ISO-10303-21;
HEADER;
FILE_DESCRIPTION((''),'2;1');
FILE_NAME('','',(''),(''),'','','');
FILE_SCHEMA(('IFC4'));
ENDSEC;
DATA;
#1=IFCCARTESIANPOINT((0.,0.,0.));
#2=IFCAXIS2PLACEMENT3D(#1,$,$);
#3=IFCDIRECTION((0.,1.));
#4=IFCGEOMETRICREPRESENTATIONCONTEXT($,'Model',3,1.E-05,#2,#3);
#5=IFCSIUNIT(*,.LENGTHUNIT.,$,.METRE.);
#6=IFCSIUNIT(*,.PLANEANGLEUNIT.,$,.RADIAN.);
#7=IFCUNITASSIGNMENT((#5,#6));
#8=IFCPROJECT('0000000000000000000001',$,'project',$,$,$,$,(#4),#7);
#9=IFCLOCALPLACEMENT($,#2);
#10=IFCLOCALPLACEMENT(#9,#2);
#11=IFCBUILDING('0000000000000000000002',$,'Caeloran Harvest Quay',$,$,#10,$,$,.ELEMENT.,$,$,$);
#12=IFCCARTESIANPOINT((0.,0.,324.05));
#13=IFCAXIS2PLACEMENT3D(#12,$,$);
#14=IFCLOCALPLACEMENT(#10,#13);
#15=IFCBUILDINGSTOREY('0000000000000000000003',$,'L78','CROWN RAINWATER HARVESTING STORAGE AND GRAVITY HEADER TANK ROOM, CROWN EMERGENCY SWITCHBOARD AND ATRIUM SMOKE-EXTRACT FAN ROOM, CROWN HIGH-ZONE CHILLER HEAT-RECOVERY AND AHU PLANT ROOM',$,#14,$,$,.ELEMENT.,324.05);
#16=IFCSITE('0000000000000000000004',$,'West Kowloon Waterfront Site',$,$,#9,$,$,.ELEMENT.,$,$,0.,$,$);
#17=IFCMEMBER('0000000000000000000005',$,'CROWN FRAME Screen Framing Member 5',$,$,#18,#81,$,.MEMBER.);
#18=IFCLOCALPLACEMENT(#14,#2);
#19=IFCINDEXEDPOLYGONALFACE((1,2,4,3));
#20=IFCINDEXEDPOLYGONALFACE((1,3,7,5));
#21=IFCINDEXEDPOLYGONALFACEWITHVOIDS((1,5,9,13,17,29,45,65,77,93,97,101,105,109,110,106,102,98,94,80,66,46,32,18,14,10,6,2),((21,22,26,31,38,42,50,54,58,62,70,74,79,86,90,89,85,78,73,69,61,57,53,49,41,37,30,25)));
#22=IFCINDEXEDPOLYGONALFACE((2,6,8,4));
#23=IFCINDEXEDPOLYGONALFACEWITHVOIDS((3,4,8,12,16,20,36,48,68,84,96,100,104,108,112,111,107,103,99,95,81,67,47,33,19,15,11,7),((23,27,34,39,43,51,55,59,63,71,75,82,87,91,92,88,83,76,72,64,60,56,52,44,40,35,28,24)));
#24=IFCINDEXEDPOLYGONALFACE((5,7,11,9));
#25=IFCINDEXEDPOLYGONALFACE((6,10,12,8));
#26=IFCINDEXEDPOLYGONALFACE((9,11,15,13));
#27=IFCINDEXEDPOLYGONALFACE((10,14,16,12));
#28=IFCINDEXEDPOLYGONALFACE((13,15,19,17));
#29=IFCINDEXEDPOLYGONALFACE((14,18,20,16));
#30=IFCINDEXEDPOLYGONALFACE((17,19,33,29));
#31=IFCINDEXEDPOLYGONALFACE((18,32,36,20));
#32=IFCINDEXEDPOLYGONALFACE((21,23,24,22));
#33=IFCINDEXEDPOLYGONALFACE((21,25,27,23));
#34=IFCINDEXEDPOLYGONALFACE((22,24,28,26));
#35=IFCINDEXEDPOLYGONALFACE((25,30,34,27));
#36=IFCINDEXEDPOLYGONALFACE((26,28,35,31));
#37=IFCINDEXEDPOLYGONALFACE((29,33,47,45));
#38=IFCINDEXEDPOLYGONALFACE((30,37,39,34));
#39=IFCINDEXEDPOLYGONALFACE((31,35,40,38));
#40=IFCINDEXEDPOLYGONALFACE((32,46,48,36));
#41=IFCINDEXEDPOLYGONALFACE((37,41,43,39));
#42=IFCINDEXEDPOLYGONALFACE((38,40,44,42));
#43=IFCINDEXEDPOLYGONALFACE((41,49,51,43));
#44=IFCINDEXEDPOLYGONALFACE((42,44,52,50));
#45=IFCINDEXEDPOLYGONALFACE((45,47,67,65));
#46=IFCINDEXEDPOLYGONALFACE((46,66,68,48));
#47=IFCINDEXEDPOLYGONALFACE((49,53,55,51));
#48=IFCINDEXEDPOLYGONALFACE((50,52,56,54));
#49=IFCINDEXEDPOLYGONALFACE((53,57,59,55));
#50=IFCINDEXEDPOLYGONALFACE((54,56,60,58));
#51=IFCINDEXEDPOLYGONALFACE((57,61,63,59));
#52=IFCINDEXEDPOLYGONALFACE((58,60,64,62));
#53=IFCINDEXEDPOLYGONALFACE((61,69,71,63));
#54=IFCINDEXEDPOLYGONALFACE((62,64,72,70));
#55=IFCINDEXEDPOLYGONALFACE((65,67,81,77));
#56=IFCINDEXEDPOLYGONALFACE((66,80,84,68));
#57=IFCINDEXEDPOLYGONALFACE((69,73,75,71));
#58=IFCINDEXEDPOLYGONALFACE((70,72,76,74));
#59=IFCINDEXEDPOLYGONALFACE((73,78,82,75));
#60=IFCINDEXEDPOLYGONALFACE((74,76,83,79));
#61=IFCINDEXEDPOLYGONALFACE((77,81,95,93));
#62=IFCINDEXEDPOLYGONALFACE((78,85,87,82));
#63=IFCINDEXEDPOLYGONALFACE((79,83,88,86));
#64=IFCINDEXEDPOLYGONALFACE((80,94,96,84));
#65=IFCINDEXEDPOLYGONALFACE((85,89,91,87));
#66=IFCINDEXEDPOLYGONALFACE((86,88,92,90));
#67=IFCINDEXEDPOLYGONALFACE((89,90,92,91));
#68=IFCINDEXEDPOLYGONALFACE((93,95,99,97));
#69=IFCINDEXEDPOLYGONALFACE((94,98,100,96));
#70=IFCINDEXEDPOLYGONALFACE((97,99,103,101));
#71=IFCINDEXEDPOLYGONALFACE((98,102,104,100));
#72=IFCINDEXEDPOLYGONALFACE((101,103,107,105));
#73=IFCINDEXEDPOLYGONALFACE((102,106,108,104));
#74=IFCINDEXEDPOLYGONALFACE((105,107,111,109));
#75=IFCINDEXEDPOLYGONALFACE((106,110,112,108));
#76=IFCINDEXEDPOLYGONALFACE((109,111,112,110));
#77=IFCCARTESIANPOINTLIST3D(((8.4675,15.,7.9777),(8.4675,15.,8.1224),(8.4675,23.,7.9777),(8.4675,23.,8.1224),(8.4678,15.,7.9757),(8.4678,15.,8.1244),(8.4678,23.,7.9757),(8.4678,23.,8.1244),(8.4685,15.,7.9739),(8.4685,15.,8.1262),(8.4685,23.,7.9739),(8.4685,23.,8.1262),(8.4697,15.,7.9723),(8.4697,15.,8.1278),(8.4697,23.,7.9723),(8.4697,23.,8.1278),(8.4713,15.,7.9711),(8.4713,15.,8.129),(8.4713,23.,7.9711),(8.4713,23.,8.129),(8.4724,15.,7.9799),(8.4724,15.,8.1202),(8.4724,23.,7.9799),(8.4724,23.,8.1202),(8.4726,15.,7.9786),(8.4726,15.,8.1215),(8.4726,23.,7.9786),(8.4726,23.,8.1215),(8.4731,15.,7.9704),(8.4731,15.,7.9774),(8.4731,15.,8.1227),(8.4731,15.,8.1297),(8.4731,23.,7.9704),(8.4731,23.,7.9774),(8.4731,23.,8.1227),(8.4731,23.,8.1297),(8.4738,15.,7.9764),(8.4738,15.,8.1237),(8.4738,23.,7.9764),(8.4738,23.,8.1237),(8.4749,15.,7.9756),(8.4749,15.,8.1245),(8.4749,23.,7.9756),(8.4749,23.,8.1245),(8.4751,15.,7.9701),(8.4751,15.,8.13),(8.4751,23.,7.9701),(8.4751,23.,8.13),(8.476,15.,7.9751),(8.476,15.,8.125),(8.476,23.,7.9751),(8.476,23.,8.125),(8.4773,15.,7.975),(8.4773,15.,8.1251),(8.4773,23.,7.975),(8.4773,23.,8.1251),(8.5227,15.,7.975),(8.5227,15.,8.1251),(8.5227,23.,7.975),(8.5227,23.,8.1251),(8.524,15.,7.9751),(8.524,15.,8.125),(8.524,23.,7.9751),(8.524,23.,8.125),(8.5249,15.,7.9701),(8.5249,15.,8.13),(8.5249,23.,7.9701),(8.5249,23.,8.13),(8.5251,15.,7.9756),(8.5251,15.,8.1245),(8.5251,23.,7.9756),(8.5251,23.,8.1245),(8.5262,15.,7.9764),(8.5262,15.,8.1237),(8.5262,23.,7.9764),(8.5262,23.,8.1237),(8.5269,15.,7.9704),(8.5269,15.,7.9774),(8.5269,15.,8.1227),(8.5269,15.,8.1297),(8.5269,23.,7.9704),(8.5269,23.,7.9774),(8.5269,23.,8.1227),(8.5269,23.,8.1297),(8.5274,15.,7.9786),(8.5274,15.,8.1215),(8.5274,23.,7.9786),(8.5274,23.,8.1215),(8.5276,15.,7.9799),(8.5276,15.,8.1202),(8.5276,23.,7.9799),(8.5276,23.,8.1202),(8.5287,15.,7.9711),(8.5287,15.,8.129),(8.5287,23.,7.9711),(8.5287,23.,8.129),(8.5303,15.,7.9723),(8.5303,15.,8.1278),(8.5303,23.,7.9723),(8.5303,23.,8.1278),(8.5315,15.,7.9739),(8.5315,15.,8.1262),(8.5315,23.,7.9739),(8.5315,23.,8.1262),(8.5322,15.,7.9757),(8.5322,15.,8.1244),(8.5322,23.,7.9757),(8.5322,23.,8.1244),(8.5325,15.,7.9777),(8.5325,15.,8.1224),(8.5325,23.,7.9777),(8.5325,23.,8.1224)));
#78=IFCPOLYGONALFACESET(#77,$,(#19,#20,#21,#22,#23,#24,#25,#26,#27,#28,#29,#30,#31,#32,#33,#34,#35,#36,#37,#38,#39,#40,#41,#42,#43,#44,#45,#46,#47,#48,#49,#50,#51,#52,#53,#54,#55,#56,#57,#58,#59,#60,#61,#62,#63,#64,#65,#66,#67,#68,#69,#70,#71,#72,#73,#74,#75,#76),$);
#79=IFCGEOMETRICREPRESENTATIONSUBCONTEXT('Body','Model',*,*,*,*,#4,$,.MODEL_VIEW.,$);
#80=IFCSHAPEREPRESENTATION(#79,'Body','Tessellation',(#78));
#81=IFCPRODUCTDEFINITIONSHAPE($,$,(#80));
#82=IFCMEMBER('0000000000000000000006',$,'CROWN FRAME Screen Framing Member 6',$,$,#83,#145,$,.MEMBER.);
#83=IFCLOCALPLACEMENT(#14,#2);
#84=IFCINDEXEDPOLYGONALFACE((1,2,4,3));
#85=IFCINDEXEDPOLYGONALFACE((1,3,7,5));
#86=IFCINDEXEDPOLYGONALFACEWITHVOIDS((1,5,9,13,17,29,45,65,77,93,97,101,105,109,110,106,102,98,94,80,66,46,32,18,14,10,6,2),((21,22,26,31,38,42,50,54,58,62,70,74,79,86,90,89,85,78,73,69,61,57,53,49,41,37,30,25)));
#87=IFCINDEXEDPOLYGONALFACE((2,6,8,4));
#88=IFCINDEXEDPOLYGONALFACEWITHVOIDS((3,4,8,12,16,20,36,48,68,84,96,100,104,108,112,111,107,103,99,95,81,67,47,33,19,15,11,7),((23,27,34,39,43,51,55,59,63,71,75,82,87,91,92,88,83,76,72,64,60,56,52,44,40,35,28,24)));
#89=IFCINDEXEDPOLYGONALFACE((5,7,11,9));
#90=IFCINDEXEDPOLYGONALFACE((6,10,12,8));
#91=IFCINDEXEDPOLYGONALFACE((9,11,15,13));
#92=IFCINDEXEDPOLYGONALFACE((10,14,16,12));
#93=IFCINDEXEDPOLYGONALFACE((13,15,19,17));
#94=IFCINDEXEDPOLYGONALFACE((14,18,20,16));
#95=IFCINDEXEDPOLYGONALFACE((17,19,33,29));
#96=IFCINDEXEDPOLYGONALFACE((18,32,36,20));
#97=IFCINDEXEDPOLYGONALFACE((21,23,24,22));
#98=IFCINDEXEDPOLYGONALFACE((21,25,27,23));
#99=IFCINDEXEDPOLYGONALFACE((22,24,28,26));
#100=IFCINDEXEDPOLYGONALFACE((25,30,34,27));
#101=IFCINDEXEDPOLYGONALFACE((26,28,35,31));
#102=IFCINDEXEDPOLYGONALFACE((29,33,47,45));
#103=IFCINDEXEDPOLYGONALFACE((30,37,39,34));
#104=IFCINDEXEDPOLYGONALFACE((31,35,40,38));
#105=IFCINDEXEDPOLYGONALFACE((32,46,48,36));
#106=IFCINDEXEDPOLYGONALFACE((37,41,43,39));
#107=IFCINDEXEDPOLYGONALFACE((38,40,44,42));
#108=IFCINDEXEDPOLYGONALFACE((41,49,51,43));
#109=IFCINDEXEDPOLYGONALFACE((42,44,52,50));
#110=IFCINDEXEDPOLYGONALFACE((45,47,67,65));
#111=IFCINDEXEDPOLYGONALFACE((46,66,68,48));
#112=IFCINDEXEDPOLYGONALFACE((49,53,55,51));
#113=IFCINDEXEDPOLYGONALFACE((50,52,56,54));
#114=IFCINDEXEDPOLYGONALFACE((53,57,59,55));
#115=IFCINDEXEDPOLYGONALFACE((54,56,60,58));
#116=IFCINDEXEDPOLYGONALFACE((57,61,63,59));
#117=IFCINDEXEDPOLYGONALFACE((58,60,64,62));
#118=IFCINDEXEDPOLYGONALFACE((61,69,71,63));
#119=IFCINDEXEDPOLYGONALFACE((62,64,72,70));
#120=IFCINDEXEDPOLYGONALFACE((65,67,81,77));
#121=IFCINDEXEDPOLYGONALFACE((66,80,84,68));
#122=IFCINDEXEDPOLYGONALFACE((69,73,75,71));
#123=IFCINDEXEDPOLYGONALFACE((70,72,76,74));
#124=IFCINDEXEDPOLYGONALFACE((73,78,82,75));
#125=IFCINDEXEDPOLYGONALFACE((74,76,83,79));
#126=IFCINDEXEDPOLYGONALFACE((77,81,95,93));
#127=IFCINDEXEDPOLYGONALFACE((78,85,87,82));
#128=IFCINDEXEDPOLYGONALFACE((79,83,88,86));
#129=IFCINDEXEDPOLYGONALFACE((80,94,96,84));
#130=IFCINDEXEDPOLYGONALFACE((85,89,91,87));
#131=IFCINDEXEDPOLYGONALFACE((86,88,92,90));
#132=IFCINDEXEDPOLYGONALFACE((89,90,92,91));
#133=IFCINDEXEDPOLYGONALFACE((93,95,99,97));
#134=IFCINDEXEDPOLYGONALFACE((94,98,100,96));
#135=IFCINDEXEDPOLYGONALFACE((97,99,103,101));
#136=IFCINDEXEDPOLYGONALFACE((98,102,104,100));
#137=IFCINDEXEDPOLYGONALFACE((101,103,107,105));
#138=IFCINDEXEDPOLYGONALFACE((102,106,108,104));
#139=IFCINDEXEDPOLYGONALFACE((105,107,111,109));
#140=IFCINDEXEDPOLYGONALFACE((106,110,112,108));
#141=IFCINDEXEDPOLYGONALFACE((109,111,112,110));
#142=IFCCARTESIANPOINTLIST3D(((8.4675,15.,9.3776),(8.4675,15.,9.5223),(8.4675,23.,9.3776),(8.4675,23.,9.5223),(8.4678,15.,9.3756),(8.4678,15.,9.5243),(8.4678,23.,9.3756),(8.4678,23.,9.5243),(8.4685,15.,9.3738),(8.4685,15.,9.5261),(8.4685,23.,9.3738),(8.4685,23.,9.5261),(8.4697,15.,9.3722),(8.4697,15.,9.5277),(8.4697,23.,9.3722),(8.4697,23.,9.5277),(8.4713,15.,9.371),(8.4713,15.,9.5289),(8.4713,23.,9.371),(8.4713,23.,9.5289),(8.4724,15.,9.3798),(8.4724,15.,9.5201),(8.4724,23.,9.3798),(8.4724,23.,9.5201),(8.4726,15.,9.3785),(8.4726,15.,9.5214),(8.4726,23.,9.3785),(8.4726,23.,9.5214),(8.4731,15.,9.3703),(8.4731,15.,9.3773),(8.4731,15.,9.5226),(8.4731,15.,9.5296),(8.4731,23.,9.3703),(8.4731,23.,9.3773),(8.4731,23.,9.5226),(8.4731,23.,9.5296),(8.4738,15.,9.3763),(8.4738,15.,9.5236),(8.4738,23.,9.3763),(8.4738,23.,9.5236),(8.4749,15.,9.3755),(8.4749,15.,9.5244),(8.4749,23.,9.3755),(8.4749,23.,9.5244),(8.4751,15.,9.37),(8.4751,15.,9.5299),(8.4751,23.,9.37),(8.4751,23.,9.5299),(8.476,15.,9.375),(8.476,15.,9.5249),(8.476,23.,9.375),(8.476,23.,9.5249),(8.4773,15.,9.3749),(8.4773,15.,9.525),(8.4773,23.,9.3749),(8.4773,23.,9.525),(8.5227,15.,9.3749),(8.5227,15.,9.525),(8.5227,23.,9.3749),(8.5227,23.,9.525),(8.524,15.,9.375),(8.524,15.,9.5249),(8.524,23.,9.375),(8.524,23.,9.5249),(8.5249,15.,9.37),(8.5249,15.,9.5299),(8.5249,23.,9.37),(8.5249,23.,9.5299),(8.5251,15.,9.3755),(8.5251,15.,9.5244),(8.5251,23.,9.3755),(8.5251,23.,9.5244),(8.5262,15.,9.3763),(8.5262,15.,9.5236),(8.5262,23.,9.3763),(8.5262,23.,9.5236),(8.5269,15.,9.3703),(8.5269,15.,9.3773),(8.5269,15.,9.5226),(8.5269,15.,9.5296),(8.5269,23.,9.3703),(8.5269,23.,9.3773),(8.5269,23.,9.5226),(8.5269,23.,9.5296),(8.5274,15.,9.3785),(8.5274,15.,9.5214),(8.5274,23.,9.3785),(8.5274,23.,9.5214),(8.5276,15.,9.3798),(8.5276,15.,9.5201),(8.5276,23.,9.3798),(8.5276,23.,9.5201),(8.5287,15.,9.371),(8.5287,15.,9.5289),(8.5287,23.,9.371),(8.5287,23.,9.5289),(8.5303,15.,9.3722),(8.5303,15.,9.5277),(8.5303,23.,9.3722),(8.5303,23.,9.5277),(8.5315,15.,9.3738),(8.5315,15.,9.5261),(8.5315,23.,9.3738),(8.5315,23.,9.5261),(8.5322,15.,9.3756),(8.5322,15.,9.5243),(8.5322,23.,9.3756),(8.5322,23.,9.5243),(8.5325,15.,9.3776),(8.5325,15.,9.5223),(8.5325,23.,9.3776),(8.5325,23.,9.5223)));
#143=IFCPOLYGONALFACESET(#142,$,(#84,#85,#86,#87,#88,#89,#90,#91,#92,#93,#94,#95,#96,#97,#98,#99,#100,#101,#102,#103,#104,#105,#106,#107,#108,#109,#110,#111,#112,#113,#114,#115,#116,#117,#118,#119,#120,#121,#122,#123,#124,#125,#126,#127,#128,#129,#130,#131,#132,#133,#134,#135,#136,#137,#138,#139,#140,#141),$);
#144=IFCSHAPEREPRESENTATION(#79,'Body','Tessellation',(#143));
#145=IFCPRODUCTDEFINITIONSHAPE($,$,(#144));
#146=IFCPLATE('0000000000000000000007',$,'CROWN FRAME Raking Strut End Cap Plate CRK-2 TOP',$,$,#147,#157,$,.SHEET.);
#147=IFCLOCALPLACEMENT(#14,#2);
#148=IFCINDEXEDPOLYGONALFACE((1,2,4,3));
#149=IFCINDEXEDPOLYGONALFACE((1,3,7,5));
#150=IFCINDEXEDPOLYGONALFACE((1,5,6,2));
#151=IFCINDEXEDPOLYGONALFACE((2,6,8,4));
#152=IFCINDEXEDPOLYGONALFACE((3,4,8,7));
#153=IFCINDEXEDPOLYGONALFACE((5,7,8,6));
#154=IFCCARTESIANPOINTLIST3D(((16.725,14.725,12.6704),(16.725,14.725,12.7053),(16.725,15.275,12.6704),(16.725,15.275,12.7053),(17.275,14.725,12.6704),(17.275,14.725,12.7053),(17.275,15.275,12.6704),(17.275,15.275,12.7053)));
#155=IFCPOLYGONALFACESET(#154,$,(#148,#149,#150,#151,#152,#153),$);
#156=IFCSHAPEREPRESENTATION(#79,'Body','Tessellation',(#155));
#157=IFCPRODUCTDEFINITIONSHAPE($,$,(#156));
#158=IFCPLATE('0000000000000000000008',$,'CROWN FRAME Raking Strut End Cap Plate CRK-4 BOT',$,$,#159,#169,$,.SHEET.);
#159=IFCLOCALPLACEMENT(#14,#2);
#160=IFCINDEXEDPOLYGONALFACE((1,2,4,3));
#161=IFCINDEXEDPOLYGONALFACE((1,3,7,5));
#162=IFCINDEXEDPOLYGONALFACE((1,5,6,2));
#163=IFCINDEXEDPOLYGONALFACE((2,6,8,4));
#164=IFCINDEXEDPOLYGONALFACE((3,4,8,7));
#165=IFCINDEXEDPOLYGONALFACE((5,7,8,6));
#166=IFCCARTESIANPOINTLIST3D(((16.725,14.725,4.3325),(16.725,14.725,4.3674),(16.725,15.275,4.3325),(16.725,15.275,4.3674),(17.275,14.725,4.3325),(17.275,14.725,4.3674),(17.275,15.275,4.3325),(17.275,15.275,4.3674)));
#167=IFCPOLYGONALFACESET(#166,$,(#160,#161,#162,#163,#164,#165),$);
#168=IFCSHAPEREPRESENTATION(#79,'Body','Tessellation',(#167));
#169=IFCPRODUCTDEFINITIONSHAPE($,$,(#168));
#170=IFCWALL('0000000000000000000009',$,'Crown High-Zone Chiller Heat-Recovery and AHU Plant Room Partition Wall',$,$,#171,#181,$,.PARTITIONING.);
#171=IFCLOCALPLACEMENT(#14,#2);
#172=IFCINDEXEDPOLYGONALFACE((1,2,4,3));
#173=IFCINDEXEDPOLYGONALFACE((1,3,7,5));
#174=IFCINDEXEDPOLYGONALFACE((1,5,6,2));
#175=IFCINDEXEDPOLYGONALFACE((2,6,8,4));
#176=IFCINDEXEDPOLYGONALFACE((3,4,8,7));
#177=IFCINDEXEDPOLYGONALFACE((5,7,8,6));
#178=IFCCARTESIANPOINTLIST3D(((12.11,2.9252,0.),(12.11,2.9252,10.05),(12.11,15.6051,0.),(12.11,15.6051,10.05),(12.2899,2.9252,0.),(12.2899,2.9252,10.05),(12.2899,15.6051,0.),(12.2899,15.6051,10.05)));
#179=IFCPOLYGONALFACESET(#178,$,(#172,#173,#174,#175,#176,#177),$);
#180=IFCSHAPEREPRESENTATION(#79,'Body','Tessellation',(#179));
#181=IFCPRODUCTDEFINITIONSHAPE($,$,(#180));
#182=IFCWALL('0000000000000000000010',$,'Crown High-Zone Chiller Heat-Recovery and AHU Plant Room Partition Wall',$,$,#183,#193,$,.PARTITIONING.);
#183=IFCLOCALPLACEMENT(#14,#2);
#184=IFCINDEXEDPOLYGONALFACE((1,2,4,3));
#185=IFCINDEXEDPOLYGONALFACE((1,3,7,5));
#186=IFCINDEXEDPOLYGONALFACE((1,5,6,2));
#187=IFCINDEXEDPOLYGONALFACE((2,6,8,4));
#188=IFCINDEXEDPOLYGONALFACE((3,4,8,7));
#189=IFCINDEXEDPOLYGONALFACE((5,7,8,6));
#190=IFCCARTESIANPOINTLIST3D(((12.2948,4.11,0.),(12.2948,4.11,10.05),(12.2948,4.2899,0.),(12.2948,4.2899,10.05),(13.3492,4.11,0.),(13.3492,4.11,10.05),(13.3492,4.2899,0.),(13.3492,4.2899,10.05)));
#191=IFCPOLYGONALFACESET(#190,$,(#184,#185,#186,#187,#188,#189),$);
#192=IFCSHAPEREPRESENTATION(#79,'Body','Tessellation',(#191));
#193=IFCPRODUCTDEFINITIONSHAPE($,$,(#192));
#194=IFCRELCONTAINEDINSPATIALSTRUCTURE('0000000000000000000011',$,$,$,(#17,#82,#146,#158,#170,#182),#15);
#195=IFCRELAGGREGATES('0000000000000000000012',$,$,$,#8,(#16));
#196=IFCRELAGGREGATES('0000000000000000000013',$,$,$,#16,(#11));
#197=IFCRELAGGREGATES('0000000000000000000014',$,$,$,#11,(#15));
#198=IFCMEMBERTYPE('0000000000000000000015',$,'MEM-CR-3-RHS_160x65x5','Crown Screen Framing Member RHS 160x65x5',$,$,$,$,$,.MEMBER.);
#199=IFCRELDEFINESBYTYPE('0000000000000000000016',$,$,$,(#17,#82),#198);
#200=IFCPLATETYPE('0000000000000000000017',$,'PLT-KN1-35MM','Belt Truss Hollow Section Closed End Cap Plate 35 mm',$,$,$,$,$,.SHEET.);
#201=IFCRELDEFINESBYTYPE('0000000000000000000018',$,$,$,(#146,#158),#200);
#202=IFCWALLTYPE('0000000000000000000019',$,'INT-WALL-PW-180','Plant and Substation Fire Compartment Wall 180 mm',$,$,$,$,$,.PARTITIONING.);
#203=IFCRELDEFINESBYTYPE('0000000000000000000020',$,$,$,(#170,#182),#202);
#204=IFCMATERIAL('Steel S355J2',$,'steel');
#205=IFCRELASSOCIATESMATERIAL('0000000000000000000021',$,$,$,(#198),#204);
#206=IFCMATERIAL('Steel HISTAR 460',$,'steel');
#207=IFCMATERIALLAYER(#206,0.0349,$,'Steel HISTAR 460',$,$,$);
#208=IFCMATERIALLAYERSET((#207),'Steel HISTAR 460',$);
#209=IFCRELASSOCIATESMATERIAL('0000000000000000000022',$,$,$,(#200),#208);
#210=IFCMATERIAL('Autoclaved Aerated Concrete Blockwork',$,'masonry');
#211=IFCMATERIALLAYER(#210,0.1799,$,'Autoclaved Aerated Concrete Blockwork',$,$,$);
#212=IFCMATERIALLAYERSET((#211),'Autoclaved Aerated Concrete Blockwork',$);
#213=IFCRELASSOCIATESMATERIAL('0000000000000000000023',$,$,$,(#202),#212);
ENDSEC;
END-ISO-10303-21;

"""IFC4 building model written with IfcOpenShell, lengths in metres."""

from ifc_helpers import new_model, si_unit, direction, frame, frame_2d, origin, origin_2d, place, context, subcontext, project, spatial, rectangle, hollow_rectangle, extrude, material, layer, layer_set, material_profile, profile_set, type_object, element, save


model = new_model("IFC4")

# Units and contexts
model_context = context("Model", 3, precision=1e-05, world=origin(), true_north=direction((0.0, 1.0)))
body_context = subcontext(model_context, "Body", "Model", "MODEL_VIEW")
ifc_project = project(units=[si_unit("LENGTHUNIT", "METRE"), si_unit("PLANEANGLEUNIT", "RADIAN")], contexts=[model_context])

# Site, building, storey
site_placement = place(None, origin())
site = spatial("IfcSite", under=ifc_project, at=site_placement, Name="West Kowloon Waterfront Site", CompositionType="ELEMENT", RefElevation=0.0)
building_placement = place(site_placement, origin())
building = spatial("IfcBuilding", under=site, at=building_placement, Name="Caeloran Harvest Quay", CompositionType="ELEMENT")
storey_placement = place(building_placement, frame((0.0, 0.0, 324.05)))
storey = spatial("IfcBuildingStorey", under=building, at=storey_placement, Name="L78", Description="CROWN RAINWATER HARVESTING STORAGE AND GRAVITY HEADER TANK ROOM, CROWN EMERGENCY SWITCHBOARD AND ATRIUM SMOKE-EXTRACT FAN ROOM, CROWN HIGH-ZONE CHILLER HEAT-RECOVERY AND AHU PLANT ROOM", CompositionType="ELEMENT", Elevation=324.05)

# Shared definitions
ifc_material_1 = material(Name="Steel S355J2", Category="steel")

# Members
ifc_material_profile_1 = material_profile(ifc_material_1, hollow_rectangle(XDim=0.0649, YDim=0.1599, WallThickness=0.0049, InnerFilletRadius=0.0049, OuterFilletRadius=0.0076, at=origin_2d()), Name="RHS 160x65x5")
ifc_profile_set_1 = profile_set([ifc_material_profile_1], Name="Steel S355J2")
member_type_1 = type_object("IfcMemberType", Name="MEM-CR-3-RHS_160x65x5", Description="Crown Screen Framing Member RHS 160x65x5", PredefinedType="MEMBER", material=ifc_profile_set_1)
for number, where, z_axis, x_axis, name in (
    (1, (8.5, 15.0, 8.05), (0.0, 1.0, 0.0), (-1.0, 0.0, 0.0), "CROWN FRAME Screen Framing Member 5"),
    (2, (8.5, 15.0, 9.45), (0.0, 1.0, 0.0), (-1.0, 0.0, 0.0), "CROWN FRAME Screen Framing Member 6"),
):
    element("IfcMember", number, at=place(storey_placement, frame(where, z_axis=z_axis, x_axis=x_axis)), inside=storey, type_object=member_type_1, Name=name, PredefinedType="MEMBER", context=body_context, shape_type="SweptSolid", body=[
        extrude(hollow_rectangle(XDim=0.0649, YDim=0.1599, WallThickness=0.0049, InnerFilletRadius=0.0049, OuterFilletRadius=0.0076, at=origin_2d()), origin(), (0.0, 0.0, 1.0), 8.0),
    ])

# Plates
ifc_material_2 = material(Name="Steel HISTAR 460", Category="steel")
ifc_layer_1 = layer(ifc_material_2, 0.0349, Name="Steel HISTAR 460")
ifc_layer_set_1 = layer_set([ifc_layer_1], Name="Steel HISTAR 460")
plate_type = type_object("IfcPlateType", Name="PLT-KN1-35MM", Description="Belt Truss Hollow Section Closed End Cap Plate 35 mm", PredefinedType="SHEET", material=ifc_layer_set_1)
for number, where, z_axis, x_axis, name in (
    (3, (17.0, 15.0, 12.6704), (0.0, 0.0, 1.0), (1.0, 0.0, 0.0), "CROWN FRAME Raking Strut End Cap Plate CRK-2 TOP"),
    (4, (17.0, 15.0, 4.3325), (0.0, 0.0, 1.0), (1.0, 0.0, 0.0), "CROWN FRAME Raking Strut End Cap Plate CRK-4 BOT"),
):
    element("IfcPlate", number, at=place(storey_placement, frame(where, z_axis=z_axis, x_axis=x_axis)), inside=storey, type_object=plate_type, Name=name, PredefinedType="SHEET", context=body_context, shape_type="SweptSolid", body=[
        extrude(rectangle(XDim=0.55, YDim=0.55, at=origin_2d()), origin(), (0.0, 0.0, 1.0), 0.0349),
    ])

# Walls
ifc_material_3 = material(Name="Autoclaved Aerated Concrete Blockwork", Category="masonry")
ifc_layer_2 = layer(ifc_material_3, 0.1799, Name="Autoclaved Aerated Concrete Blockwork")
ifc_layer_set_2 = layer_set([ifc_layer_2], Name="Autoclaved Aerated Concrete Blockwork")
wall_type_1 = type_object("IfcWallType", Name="INT-WALL-PW-180", Description="Plant and Substation Fire Compartment Wall 180 mm", PredefinedType="PARTITIONING", material=ifc_layer_set_2)
wall_1_placement = place(storey_placement, frame((12.2, 15.605, 0.0), z_axis=(0.0, 0.0, 1.0), x_axis=(0.0, -1.0, 0.0)))
element("IfcWall", 5, at=wall_1_placement, inside=storey, type_object=wall_type_1, Name="Crown High-Zone Chiller Heat-Recovery and AHU Plant Room Partition Wall", PredefinedType="PARTITIONING", context=body_context, shape_type="SweptSolid", body=[
    extrude(rectangle(XDim=12.6799, YDim=0.1799, at=frame_2d((6.3398, 0.0))), origin(), (0.0, 0.0, 1.0), 10.05),
])
wall_2_placement = place(storey_placement, frame((13.3494, 4.2, 0.0), z_axis=(0.0, 0.0, 1.0), x_axis=(-1.0, 0.0, 0.0)))
element("IfcWall", 6, at=wall_2_placement, inside=storey, type_object=wall_type_1, Name="Crown High-Zone Chiller Heat-Recovery and AHU Plant Room Partition Wall", PredefinedType="PARTITIONING", context=body_context, shape_type="SweptSolid", body=[
    extrude(rectangle(XDim=1.0544, YDim=0.1799, at=frame_2d((0.5273, 0.0))), origin(), (0.0, 0.0, 1.0), 10.05),
])

save(model, "model.ifc")
